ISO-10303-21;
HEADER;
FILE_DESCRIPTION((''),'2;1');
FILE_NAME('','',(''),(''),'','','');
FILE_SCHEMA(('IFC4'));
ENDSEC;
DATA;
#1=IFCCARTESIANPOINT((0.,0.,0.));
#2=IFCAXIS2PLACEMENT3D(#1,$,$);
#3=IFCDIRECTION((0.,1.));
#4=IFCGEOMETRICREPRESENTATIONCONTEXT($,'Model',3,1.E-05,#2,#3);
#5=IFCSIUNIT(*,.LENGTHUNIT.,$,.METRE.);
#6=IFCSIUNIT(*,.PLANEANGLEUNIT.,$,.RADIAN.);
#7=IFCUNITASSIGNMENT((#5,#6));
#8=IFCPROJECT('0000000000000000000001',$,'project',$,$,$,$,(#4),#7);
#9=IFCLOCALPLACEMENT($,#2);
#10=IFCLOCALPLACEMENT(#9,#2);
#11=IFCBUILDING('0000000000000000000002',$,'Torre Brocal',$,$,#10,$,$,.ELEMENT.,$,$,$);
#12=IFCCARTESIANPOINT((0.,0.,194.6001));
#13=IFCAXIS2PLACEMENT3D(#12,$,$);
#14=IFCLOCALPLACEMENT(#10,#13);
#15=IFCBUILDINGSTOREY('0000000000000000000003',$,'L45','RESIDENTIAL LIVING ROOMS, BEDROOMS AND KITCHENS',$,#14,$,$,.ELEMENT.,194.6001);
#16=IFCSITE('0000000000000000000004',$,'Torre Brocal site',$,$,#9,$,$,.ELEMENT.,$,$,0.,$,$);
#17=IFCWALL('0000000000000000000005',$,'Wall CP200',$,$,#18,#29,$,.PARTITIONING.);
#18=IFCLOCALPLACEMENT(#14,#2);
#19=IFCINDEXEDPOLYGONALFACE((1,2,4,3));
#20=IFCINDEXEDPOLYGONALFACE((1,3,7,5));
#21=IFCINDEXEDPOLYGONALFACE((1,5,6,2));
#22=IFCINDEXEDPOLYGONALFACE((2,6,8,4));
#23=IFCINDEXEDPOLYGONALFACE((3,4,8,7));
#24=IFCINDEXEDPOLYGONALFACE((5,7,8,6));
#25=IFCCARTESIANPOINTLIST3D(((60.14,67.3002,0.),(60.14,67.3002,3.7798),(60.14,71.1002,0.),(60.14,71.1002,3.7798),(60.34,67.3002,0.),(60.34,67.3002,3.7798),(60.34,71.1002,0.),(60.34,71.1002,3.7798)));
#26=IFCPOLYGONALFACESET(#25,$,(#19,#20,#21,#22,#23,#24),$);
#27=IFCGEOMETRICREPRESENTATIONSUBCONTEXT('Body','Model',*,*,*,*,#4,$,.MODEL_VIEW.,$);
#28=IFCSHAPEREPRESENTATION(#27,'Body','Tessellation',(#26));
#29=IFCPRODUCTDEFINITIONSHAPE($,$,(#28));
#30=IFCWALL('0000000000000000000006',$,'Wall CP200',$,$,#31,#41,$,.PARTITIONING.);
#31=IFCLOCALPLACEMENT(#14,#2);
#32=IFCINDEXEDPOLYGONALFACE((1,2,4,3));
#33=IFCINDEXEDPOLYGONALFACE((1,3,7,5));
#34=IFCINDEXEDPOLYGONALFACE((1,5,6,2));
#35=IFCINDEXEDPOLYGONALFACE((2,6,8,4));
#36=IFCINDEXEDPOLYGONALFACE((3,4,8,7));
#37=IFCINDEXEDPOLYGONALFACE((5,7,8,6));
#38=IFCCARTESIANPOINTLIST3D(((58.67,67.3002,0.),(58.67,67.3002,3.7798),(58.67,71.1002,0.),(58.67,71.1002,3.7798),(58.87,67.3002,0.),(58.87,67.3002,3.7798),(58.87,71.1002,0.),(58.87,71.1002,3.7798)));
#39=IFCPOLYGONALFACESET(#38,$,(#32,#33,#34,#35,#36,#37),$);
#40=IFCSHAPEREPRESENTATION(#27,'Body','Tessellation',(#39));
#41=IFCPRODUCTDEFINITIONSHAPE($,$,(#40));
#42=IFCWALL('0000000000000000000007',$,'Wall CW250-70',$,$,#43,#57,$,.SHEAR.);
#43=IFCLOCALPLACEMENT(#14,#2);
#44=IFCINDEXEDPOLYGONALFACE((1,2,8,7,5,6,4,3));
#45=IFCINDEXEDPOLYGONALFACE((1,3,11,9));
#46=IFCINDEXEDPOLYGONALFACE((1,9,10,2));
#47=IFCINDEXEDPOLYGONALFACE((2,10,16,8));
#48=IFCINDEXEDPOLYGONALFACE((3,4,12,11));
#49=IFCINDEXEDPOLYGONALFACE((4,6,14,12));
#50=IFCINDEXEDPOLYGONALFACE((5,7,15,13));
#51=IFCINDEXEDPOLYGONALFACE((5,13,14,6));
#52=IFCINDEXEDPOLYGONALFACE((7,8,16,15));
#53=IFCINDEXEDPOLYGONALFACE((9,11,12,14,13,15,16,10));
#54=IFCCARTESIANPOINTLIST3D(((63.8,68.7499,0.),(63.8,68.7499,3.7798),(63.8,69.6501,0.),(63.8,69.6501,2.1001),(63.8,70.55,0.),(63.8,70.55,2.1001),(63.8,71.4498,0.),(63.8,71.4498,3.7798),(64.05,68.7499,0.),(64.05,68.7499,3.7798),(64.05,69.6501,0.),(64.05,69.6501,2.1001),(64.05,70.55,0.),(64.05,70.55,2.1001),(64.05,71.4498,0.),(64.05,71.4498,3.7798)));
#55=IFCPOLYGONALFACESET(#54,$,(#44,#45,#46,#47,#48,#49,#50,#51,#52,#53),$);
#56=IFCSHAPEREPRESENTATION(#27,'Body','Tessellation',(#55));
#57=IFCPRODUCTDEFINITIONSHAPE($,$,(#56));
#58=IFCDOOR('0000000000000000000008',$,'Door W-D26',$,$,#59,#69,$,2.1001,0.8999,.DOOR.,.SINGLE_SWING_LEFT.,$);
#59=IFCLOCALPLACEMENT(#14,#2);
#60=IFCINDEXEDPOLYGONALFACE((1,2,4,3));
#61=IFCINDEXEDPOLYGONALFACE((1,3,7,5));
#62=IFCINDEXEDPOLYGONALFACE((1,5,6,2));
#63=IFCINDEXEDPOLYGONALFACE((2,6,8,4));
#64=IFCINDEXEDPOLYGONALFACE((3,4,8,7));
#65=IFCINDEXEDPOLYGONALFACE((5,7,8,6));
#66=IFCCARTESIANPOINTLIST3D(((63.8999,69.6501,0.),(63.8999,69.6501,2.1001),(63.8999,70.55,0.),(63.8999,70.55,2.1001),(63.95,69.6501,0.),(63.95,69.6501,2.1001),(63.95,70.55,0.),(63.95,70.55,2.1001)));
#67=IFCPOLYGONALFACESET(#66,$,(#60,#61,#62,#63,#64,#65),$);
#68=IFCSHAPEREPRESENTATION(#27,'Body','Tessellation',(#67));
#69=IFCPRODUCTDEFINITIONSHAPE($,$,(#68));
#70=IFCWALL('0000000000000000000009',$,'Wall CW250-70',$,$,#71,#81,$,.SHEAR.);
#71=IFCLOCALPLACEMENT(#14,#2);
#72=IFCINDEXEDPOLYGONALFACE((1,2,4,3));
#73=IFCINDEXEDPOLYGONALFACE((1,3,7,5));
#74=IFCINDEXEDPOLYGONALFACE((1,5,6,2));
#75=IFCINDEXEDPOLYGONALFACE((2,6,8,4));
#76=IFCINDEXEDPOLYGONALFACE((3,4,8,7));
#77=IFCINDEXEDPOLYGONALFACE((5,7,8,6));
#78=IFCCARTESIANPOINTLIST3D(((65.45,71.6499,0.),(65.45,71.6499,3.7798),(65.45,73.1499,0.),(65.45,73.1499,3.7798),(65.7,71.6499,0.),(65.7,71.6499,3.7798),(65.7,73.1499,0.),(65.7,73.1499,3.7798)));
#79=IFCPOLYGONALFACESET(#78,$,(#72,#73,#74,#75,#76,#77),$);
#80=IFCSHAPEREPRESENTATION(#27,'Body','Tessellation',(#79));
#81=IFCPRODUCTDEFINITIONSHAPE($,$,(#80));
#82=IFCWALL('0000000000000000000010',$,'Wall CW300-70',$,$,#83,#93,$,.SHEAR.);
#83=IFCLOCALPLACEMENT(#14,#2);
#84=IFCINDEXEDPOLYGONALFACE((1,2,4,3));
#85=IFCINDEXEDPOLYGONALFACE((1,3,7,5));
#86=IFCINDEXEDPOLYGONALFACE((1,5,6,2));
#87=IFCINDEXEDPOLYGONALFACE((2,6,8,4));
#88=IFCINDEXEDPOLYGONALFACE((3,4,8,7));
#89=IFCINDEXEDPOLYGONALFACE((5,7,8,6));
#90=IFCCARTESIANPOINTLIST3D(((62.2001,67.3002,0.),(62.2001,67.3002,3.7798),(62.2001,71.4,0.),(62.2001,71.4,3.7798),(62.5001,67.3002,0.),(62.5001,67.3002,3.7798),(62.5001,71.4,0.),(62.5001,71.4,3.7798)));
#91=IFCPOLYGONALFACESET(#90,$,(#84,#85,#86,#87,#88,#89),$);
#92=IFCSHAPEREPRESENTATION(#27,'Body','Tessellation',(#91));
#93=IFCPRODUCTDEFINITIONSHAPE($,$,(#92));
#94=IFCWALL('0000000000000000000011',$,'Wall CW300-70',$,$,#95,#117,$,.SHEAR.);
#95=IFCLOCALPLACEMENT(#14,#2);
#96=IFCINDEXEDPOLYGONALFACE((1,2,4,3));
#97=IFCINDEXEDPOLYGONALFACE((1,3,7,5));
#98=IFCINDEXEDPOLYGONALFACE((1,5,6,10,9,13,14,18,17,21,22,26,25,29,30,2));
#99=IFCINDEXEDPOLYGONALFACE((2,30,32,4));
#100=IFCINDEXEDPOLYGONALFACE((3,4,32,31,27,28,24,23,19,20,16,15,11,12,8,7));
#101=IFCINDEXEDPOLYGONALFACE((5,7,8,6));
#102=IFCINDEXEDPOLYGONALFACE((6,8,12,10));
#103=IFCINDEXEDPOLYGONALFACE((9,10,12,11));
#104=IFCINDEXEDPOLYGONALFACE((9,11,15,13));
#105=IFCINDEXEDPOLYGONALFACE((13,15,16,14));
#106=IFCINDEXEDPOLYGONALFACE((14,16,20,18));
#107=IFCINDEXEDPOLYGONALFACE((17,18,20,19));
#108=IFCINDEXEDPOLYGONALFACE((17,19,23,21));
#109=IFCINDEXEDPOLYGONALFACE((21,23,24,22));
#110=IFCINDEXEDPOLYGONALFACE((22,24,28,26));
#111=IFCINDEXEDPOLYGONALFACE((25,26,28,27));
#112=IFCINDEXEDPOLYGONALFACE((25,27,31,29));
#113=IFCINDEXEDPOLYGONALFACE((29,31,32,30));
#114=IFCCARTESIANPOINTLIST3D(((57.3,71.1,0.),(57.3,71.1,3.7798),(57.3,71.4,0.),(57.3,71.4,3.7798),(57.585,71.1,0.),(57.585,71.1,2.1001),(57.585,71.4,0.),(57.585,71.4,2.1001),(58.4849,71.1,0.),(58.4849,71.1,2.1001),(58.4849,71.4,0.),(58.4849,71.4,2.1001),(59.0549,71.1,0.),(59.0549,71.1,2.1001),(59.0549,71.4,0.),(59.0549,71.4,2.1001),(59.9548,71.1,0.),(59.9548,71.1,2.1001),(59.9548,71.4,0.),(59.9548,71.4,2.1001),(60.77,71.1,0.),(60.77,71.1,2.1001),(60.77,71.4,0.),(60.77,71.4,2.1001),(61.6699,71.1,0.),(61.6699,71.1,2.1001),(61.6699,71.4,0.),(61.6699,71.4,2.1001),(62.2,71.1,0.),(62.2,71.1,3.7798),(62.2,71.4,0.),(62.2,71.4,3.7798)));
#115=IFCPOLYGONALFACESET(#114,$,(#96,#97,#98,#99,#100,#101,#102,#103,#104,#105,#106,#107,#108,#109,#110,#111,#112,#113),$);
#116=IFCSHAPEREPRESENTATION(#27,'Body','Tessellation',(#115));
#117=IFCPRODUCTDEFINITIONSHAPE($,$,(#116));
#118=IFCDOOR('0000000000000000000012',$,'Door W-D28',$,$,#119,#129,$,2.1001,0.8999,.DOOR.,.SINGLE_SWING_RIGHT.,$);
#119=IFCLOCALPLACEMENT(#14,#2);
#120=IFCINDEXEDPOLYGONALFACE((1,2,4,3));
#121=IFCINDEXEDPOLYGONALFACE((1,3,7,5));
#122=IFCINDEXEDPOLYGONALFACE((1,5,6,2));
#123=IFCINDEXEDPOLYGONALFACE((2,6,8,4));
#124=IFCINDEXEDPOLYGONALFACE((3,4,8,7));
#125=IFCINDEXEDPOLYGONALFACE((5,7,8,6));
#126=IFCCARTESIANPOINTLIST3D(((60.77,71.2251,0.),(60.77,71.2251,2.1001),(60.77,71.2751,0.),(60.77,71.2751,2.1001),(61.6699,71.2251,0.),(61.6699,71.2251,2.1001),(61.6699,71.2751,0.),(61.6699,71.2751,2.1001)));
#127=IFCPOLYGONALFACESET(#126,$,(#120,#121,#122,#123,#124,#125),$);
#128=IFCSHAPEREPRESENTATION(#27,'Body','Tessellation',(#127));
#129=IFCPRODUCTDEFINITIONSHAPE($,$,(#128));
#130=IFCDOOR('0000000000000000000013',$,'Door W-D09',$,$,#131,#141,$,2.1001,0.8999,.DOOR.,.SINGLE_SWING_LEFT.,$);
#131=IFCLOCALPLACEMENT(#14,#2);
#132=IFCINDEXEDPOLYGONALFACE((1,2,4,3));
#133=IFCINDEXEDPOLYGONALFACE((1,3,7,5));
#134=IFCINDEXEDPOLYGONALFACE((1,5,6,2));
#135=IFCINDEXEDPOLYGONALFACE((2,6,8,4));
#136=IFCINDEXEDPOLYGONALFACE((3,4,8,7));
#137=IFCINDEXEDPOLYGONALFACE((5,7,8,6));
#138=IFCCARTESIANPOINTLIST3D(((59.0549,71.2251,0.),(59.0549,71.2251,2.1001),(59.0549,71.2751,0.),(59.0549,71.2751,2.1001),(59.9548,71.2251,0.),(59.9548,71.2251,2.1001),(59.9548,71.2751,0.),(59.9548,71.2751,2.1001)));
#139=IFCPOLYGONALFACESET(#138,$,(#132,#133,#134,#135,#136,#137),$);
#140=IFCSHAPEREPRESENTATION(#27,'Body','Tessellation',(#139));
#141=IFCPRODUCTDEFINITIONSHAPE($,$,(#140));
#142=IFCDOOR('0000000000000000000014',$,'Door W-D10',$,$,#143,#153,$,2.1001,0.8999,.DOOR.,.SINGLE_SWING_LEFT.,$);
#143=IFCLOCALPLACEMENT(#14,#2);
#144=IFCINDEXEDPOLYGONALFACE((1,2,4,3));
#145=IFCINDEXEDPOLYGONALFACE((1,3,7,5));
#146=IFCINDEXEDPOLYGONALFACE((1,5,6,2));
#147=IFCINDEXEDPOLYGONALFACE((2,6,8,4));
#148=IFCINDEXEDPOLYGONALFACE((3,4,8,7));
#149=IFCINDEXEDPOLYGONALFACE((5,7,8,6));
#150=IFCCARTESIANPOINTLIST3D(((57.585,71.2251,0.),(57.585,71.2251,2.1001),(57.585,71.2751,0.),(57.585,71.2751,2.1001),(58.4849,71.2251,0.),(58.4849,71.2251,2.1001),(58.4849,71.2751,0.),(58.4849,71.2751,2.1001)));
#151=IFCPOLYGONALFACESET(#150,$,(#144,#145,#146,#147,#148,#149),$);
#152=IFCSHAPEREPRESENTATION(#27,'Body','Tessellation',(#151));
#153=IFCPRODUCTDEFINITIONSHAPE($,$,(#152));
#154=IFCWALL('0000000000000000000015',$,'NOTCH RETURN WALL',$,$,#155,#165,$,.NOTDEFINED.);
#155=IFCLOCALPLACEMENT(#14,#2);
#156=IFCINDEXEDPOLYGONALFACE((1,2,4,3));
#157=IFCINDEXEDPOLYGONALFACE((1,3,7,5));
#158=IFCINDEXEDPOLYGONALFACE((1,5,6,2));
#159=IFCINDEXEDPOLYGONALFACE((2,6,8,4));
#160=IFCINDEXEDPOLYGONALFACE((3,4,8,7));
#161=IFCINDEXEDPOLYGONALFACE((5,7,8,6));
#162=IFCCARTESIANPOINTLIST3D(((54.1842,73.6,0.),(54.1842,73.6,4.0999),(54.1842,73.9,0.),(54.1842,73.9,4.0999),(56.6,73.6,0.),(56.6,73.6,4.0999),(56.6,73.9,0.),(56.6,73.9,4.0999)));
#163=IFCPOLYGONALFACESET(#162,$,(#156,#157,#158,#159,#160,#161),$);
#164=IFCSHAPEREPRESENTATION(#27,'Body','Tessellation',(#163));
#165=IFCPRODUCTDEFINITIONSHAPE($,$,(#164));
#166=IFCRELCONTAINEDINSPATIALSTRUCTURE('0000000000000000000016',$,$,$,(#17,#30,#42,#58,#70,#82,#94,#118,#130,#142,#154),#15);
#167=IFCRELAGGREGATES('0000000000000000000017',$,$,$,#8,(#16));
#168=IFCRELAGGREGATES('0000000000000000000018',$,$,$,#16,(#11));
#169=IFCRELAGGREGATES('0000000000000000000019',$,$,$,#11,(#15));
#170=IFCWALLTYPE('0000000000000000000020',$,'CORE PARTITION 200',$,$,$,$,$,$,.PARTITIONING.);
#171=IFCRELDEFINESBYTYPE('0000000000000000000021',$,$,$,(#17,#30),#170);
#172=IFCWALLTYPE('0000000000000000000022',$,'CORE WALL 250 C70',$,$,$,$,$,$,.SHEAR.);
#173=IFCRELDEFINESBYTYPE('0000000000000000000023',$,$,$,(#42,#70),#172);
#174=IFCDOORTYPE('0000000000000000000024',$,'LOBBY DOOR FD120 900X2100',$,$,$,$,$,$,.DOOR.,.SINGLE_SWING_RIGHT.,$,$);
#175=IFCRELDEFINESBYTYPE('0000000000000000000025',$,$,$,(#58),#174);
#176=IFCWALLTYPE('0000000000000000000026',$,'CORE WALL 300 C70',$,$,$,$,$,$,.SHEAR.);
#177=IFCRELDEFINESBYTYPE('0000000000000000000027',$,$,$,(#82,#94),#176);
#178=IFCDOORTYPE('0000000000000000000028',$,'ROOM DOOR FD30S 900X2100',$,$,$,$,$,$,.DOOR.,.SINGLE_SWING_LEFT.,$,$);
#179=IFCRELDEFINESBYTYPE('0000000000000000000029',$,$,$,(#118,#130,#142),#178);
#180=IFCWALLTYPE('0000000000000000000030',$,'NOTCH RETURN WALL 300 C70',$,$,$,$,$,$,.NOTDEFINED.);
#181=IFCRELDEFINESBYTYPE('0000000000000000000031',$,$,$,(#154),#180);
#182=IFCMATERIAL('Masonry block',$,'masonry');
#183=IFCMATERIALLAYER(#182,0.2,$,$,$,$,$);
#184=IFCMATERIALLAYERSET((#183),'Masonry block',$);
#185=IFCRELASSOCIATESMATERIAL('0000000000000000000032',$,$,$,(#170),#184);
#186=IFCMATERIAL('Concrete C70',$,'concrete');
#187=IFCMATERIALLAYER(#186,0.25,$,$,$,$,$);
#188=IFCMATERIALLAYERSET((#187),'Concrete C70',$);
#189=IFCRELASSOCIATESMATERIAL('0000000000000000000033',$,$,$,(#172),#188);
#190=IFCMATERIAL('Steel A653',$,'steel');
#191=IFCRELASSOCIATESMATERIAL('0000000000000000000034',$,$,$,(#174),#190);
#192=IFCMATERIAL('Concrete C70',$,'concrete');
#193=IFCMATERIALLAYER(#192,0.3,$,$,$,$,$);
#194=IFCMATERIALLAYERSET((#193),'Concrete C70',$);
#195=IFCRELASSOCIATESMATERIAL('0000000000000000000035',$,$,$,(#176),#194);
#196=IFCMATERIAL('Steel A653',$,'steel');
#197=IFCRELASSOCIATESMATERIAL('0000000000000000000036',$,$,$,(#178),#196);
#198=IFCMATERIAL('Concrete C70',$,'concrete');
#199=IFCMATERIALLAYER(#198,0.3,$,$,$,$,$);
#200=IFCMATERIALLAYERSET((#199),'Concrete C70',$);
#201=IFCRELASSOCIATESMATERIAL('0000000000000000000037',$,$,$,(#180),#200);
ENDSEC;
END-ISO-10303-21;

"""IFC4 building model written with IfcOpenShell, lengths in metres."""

from ifc_helpers import new_model, si_unit, direction, frame, frame_2d, origin, place, context, subcontext, project, spatial, rectangle, extrude, material, layer, layer_set, type_object, element, fill, save


model = new_model("IFC4")

# Units and contexts
model_context = context("Model", 3, precision=1e-05, world=origin(), true_north=direction((0.0, 1.0)))
body_context = subcontext(model_context, "Body", "Model", "MODEL_VIEW")
ifc_project = project(units=[si_unit("LENGTHUNIT", "METRE"), si_unit("PLANEANGLEUNIT", "RADIAN")], contexts=[model_context])

# Site, building, storey
site_placement = place(None, origin())
site = spatial("IfcSite", under=ifc_project, at=site_placement, Name="Torre Brocal site", CompositionType="ELEMENT", RefElevation=0.0)
building_placement = place(site_placement, origin())
building = spatial("IfcBuilding", under=site, at=building_placement, Name="Torre Brocal", CompositionType="ELEMENT")
storey_placement = place(building_placement, frame((0.0, 0.0, 194.6001)))
storey = spatial("IfcBuildingStorey", under=building, at=storey_placement, Name="L45", Description="RESIDENTIAL LIVING ROOMS, BEDROOMS AND KITCHENS", CompositionType="ELEMENT", Elevation=194.6001)

# Walls
ifc_material_1 = material(Name="Masonry block", Category="masonry")
ifc_layer_1 = layer(ifc_material_1, 0.2)
ifc_layer_set_1 = layer_set([ifc_layer_1], Name="Masonry block")
wall_type_1 = type_object("IfcWallType", Name="CORE PARTITION 200", PredefinedType="PARTITIONING", material=ifc_layer_set_1)
for number, where, z_axis, x_axis, name in (
    (1, (60.24, 71.1001, 0.0), (0.0, 0.0, 1.0), (0.0, -1.0, 0.0), "Wall CP200"),
    (2, (58.77, 71.1001, 0.0), (0.0, 0.0, 1.0), (0.0, -1.0, 0.0), "Wall CP200"),
):
    element("IfcWall", number, at=place(storey_placement, frame(where, z_axis=z_axis, x_axis=x_axis)), inside=storey, type_object=wall_type_1, Name=name, PredefinedType="PARTITIONING", context=body_context, shape_type="SweptSolid", body=[
        extrude(rectangle(XDim=3.8, YDim=0.2, at=frame_2d((1.8999, 0.0))), origin(), (0.0, 0.0, 1.0), 3.7798),
    ])

# Wall, opening, door
ifc_material_2 = material(Name="Concrete C70", Category="concrete")
ifc_layer_2 = layer(ifc_material_2, 0.25)
ifc_layer_set_2 = layer_set([ifc_layer_2], Name="Concrete C70")
wall_type_2 = type_object("IfcWallType", Name="CORE WALL 250 C70", PredefinedType="SHEAR", material=ifc_layer_set_2)
wall_1_placement = place(storey_placement, frame((63.925, 71.45, 0.0), z_axis=(0.0, 0.0, 1.0), x_axis=(0.0, -1.0, 0.0)))
wall_1 = element("IfcWall", 3, at=wall_1_placement, inside=storey, type_object=wall_type_2, Name="Wall CW250-70", PredefinedType="SHEAR", context=body_context, shape_type="SweptSolid", body=[
    extrude(rectangle(XDim=2.7, YDim=0.25, at=frame_2d((1.3501, 0.0))), origin(), (0.0, 0.0, 1.0), 3.7798),
])
opening_1_placement = place(wall_1_placement, frame((0.8999, 0.0, 0.0)))
opening_1 = element("IfcOpeningElement", 4, at=opening_1_placement, cuts=wall_1, PredefinedType="OPENING", context=body_context, shape_type="SweptSolid", body=[
    extrude(rectangle(XDim=0.8999, YDim=2.1001, at=frame_2d((0.45, 1.05))), frame((0.0, 0.135, 0.0), z_axis=(0.0, -1.0, 0.0), x_axis=(1.0, 0.0, 0.0)), (0.0, 0.0, 1.0), 0.27),
])
ifc_material_3 = material(Name="Steel A653", Category="steel")
door_type_1 = type_object("IfcDoorType", Name="LOBBY DOOR FD120 900X2100", OperationType="SINGLE_SWING_RIGHT", PredefinedType="DOOR", material=ifc_material_3)
door_1_placement = place(opening_1_placement, origin())
door_1 = element("IfcDoor", 5, at=door_1_placement, inside=storey, type_object=door_type_1, Name="Door W-D26", OperationType="SINGLE_SWING_LEFT", OverallHeight=2.1001, OverallWidth=0.8999, PredefinedType="DOOR", context=body_context, shape_type="SweptSolid", body=[
    extrude(rectangle(XDim=0.8999, YDim=2.1001, at=frame_2d((0.45, 1.05))), frame((0.0, 0.0249, 0.0), z_axis=(0.0, -1.0, 0.0), x_axis=(1.0, 0.0, 0.0)), (0.0, 0.0, 1.0), 0.05),
])
fill(opening_1, door_1)

# Walls
wall_2_placement = place(storey_placement, frame((65.575, 73.1499, 0.0), z_axis=(0.0, 0.0, 1.0), x_axis=(0.0, -1.0, 0.0)))
element("IfcWall", 6, at=wall_2_placement, inside=storey, type_object=wall_type_2, Name="Wall CW250-70", PredefinedType="SHEAR", context=body_context, shape_type="SweptSolid", body=[
    extrude(rectangle(XDim=1.5, YDim=0.25, at=frame_2d((0.75, 0.0))), origin(), (0.0, 0.0, 1.0), 3.7798),
])
ifc_material_4 = material(Name="Concrete C70", Category="concrete")
ifc_layer_3 = layer(ifc_material_4, 0.3)
ifc_layer_set_3 = layer_set([ifc_layer_3], Name="Concrete C70")
wall_type_3 = type_object("IfcWallType", Name="CORE WALL 300 C70", PredefinedType="SHEAR", material=ifc_layer_set_3)
wall_3_placement = place(storey_placement, frame((62.3501, 71.3999, 0.0), z_axis=(0.0, 0.0, 1.0), x_axis=(0.0, -1.0, 0.0)))
element("IfcWall", 7, at=wall_3_placement, inside=storey, type_object=wall_type_3, Name="Wall CW300-70", PredefinedType="SHEAR", context=body_context, shape_type="SweptSolid", body=[
    extrude(rectangle(XDim=4.0999, YDim=0.3, at=frame_2d((2.0498, 0.0))), origin(), (0.0, 0.0, 1.0), 3.7798),
])

# Wall, openings, doors
wall_4_placement = place(storey_placement, frame((62.2, 71.25, 0.0), z_axis=(0.0, 0.0, 1.0), x_axis=(-1.0, 0.0, 0.0)))
wall_4 = element("IfcWall", 8, at=wall_4_placement, inside=storey, type_object=wall_type_3, Name="Wall CW300-70", PredefinedType="SHEAR", context=body_context, shape_type="SweptSolid", body=[
    extrude(rectangle(XDim=4.8999, YDim=0.3, at=frame_2d((2.45, 0.0))), origin(), (0.0, 0.0, 1.0), 3.7798),
])
opening_2_placement = place(wall_4_placement, frame((0.53, 0.0, 0.0)))
opening_2 = element("IfcOpeningElement", 9, at=opening_2_placement, cuts=wall_4, PredefinedType="OPENING", context=body_context, shape_type="SweptSolid", body=[
    extrude(rectangle(XDim=0.8999, YDim=2.1001, at=frame_2d((0.45, 1.05))), frame((0.0, 0.1599, 0.0), z_axis=(0.0, -1.0, 0.0), x_axis=(1.0, 0.0, 0.0)), (0.0, 0.0, 1.0), 0.3201),
])
opening_3_placement = place(wall_4_placement, frame((2.2451, 0.0, 0.0)))
opening_3 = element("IfcOpeningElement", 10, at=opening_3_placement, cuts=wall_4, PredefinedType="OPENING", context=body_context, shape_type="SweptSolid", body=[
    extrude(rectangle(XDim=0.8999, YDim=2.1001, at=frame_2d((0.45, 1.05))), frame((0.0, 0.1599, 0.0), z_axis=(0.0, -1.0, 0.0), x_axis=(1.0, 0.0, 0.0)), (0.0, 0.0, 1.0), 0.3201),
])
opening_4_placement = place(wall_4_placement, frame((3.7151, 0.0, 0.0)))
opening_4 = element("IfcOpeningElement", 11, at=opening_4_placement, cuts=wall_4, PredefinedType="OPENING", context=body_context, shape_type="SweptSolid", body=[
    extrude(rectangle(XDim=0.8999, YDim=2.1001, at=frame_2d((0.45, 1.05))), frame((0.0, 0.1599, 0.0), z_axis=(0.0, -1.0, 0.0), x_axis=(1.0, 0.0, 0.0)), (0.0, 0.0, 1.0), 0.3201),
])
ifc_material_5 = material(Name="Steel A653", Category="steel")
door_type_2 = type_object("IfcDoorType", Name="ROOM DOOR FD30S 900X2100", OperationType="SINGLE_SWING_LEFT", PredefinedType="DOOR", material=ifc_material_5)
door_2_placement = place(opening_2_placement, origin())
door_2 = element("IfcDoor", 12, at=door_2_placement, inside=storey, type_object=door_type_2, Name="Door W-D28", OperationType="SINGLE_SWING_RIGHT", OverallHeight=2.1001, OverallWidth=0.8999, PredefinedType="DOOR", context=body_context, shape_type="SweptSolid", body=[
    extrude(rectangle(XDim=0.8999, YDim=2.1001, at=frame_2d((0.45, 1.05))), frame((0.0, 0.0249, 0.0), z_axis=(0.0, -1.0, 0.0), x_axis=(1.0, 0.0, 0.0)), (0.0, 0.0, 1.0), 0.05),
])
fill(opening_2, door_2)
door_3_placement = place(opening_3_placement, origin())
door_3 = element("IfcDoor", 13, at=door_3_placement, inside=storey, type_object=door_type_2, Name="Door W-D09", OperationType="SINGLE_SWING_LEFT", OverallHeight=2.1001, OverallWidth=0.8999, PredefinedType="DOOR", context=body_context, shape_type="SweptSolid", body=[
    extrude(rectangle(XDim=0.8999, YDim=2.1001, at=frame_2d((0.45, 1.05))), frame((0.0, 0.0249, 0.0), z_axis=(0.0, -1.0, 0.0), x_axis=(1.0, 0.0, 0.0)), (0.0, 0.0, 1.0), 0.05),
])
fill(opening_3, door_3)
door_4_placement = place(opening_4_placement, origin())
door_4 = element("IfcDoor", 14, at=door_4_placement, inside=storey, type_object=door_type_2, Name="Door W-D10", OperationType="SINGLE_SWING_LEFT", OverallHeight=2.1001, OverallWidth=0.8999, PredefinedType="DOOR", context=body_context, shape_type="SweptSolid", body=[
    extrude(rectangle(XDim=0.8999, YDim=2.1001, at=frame_2d((0.45, 1.05))), frame((0.0, 0.0249, 0.0), z_axis=(0.0, -1.0, 0.0), x_axis=(1.0, 0.0, 0.0)), (0.0, 0.0, 1.0), 0.05),
])
fill(opening_4, door_4)

# Wall
ifc_material_6 = material(Name="Concrete C70", Category="concrete")
ifc_layer_4 = layer(ifc_material_6, 0.3)
ifc_layer_set_4 = layer_set([ifc_layer_4], Name="Concrete C70")
wall_type_4 = type_object("IfcWallType", Name="NOTCH RETURN WALL 300 C70", PredefinedType="NOTDEFINED", material=ifc_layer_set_4)
wall_5_placement = place(storey_placement, frame((56.6001, 73.75, 0.0), z_axis=(0.0, 0.0, 1.0), x_axis=(-1.0, 0.0, 0.0)))
element("IfcWall", 15, at=wall_5_placement, inside=storey, type_object=wall_type_4, Name="NOTCH RETURN WALL", PredefinedType="NOTDEFINED", context=body_context, shape_type="SweptSolid", body=[
    extrude(rectangle(XDim=2.4158, YDim=0.3, at=frame_2d((1.208, 0.0))), origin(), (0.0, 0.0, 1.0), 4.0999),
])

save(model, "model.ifc")
